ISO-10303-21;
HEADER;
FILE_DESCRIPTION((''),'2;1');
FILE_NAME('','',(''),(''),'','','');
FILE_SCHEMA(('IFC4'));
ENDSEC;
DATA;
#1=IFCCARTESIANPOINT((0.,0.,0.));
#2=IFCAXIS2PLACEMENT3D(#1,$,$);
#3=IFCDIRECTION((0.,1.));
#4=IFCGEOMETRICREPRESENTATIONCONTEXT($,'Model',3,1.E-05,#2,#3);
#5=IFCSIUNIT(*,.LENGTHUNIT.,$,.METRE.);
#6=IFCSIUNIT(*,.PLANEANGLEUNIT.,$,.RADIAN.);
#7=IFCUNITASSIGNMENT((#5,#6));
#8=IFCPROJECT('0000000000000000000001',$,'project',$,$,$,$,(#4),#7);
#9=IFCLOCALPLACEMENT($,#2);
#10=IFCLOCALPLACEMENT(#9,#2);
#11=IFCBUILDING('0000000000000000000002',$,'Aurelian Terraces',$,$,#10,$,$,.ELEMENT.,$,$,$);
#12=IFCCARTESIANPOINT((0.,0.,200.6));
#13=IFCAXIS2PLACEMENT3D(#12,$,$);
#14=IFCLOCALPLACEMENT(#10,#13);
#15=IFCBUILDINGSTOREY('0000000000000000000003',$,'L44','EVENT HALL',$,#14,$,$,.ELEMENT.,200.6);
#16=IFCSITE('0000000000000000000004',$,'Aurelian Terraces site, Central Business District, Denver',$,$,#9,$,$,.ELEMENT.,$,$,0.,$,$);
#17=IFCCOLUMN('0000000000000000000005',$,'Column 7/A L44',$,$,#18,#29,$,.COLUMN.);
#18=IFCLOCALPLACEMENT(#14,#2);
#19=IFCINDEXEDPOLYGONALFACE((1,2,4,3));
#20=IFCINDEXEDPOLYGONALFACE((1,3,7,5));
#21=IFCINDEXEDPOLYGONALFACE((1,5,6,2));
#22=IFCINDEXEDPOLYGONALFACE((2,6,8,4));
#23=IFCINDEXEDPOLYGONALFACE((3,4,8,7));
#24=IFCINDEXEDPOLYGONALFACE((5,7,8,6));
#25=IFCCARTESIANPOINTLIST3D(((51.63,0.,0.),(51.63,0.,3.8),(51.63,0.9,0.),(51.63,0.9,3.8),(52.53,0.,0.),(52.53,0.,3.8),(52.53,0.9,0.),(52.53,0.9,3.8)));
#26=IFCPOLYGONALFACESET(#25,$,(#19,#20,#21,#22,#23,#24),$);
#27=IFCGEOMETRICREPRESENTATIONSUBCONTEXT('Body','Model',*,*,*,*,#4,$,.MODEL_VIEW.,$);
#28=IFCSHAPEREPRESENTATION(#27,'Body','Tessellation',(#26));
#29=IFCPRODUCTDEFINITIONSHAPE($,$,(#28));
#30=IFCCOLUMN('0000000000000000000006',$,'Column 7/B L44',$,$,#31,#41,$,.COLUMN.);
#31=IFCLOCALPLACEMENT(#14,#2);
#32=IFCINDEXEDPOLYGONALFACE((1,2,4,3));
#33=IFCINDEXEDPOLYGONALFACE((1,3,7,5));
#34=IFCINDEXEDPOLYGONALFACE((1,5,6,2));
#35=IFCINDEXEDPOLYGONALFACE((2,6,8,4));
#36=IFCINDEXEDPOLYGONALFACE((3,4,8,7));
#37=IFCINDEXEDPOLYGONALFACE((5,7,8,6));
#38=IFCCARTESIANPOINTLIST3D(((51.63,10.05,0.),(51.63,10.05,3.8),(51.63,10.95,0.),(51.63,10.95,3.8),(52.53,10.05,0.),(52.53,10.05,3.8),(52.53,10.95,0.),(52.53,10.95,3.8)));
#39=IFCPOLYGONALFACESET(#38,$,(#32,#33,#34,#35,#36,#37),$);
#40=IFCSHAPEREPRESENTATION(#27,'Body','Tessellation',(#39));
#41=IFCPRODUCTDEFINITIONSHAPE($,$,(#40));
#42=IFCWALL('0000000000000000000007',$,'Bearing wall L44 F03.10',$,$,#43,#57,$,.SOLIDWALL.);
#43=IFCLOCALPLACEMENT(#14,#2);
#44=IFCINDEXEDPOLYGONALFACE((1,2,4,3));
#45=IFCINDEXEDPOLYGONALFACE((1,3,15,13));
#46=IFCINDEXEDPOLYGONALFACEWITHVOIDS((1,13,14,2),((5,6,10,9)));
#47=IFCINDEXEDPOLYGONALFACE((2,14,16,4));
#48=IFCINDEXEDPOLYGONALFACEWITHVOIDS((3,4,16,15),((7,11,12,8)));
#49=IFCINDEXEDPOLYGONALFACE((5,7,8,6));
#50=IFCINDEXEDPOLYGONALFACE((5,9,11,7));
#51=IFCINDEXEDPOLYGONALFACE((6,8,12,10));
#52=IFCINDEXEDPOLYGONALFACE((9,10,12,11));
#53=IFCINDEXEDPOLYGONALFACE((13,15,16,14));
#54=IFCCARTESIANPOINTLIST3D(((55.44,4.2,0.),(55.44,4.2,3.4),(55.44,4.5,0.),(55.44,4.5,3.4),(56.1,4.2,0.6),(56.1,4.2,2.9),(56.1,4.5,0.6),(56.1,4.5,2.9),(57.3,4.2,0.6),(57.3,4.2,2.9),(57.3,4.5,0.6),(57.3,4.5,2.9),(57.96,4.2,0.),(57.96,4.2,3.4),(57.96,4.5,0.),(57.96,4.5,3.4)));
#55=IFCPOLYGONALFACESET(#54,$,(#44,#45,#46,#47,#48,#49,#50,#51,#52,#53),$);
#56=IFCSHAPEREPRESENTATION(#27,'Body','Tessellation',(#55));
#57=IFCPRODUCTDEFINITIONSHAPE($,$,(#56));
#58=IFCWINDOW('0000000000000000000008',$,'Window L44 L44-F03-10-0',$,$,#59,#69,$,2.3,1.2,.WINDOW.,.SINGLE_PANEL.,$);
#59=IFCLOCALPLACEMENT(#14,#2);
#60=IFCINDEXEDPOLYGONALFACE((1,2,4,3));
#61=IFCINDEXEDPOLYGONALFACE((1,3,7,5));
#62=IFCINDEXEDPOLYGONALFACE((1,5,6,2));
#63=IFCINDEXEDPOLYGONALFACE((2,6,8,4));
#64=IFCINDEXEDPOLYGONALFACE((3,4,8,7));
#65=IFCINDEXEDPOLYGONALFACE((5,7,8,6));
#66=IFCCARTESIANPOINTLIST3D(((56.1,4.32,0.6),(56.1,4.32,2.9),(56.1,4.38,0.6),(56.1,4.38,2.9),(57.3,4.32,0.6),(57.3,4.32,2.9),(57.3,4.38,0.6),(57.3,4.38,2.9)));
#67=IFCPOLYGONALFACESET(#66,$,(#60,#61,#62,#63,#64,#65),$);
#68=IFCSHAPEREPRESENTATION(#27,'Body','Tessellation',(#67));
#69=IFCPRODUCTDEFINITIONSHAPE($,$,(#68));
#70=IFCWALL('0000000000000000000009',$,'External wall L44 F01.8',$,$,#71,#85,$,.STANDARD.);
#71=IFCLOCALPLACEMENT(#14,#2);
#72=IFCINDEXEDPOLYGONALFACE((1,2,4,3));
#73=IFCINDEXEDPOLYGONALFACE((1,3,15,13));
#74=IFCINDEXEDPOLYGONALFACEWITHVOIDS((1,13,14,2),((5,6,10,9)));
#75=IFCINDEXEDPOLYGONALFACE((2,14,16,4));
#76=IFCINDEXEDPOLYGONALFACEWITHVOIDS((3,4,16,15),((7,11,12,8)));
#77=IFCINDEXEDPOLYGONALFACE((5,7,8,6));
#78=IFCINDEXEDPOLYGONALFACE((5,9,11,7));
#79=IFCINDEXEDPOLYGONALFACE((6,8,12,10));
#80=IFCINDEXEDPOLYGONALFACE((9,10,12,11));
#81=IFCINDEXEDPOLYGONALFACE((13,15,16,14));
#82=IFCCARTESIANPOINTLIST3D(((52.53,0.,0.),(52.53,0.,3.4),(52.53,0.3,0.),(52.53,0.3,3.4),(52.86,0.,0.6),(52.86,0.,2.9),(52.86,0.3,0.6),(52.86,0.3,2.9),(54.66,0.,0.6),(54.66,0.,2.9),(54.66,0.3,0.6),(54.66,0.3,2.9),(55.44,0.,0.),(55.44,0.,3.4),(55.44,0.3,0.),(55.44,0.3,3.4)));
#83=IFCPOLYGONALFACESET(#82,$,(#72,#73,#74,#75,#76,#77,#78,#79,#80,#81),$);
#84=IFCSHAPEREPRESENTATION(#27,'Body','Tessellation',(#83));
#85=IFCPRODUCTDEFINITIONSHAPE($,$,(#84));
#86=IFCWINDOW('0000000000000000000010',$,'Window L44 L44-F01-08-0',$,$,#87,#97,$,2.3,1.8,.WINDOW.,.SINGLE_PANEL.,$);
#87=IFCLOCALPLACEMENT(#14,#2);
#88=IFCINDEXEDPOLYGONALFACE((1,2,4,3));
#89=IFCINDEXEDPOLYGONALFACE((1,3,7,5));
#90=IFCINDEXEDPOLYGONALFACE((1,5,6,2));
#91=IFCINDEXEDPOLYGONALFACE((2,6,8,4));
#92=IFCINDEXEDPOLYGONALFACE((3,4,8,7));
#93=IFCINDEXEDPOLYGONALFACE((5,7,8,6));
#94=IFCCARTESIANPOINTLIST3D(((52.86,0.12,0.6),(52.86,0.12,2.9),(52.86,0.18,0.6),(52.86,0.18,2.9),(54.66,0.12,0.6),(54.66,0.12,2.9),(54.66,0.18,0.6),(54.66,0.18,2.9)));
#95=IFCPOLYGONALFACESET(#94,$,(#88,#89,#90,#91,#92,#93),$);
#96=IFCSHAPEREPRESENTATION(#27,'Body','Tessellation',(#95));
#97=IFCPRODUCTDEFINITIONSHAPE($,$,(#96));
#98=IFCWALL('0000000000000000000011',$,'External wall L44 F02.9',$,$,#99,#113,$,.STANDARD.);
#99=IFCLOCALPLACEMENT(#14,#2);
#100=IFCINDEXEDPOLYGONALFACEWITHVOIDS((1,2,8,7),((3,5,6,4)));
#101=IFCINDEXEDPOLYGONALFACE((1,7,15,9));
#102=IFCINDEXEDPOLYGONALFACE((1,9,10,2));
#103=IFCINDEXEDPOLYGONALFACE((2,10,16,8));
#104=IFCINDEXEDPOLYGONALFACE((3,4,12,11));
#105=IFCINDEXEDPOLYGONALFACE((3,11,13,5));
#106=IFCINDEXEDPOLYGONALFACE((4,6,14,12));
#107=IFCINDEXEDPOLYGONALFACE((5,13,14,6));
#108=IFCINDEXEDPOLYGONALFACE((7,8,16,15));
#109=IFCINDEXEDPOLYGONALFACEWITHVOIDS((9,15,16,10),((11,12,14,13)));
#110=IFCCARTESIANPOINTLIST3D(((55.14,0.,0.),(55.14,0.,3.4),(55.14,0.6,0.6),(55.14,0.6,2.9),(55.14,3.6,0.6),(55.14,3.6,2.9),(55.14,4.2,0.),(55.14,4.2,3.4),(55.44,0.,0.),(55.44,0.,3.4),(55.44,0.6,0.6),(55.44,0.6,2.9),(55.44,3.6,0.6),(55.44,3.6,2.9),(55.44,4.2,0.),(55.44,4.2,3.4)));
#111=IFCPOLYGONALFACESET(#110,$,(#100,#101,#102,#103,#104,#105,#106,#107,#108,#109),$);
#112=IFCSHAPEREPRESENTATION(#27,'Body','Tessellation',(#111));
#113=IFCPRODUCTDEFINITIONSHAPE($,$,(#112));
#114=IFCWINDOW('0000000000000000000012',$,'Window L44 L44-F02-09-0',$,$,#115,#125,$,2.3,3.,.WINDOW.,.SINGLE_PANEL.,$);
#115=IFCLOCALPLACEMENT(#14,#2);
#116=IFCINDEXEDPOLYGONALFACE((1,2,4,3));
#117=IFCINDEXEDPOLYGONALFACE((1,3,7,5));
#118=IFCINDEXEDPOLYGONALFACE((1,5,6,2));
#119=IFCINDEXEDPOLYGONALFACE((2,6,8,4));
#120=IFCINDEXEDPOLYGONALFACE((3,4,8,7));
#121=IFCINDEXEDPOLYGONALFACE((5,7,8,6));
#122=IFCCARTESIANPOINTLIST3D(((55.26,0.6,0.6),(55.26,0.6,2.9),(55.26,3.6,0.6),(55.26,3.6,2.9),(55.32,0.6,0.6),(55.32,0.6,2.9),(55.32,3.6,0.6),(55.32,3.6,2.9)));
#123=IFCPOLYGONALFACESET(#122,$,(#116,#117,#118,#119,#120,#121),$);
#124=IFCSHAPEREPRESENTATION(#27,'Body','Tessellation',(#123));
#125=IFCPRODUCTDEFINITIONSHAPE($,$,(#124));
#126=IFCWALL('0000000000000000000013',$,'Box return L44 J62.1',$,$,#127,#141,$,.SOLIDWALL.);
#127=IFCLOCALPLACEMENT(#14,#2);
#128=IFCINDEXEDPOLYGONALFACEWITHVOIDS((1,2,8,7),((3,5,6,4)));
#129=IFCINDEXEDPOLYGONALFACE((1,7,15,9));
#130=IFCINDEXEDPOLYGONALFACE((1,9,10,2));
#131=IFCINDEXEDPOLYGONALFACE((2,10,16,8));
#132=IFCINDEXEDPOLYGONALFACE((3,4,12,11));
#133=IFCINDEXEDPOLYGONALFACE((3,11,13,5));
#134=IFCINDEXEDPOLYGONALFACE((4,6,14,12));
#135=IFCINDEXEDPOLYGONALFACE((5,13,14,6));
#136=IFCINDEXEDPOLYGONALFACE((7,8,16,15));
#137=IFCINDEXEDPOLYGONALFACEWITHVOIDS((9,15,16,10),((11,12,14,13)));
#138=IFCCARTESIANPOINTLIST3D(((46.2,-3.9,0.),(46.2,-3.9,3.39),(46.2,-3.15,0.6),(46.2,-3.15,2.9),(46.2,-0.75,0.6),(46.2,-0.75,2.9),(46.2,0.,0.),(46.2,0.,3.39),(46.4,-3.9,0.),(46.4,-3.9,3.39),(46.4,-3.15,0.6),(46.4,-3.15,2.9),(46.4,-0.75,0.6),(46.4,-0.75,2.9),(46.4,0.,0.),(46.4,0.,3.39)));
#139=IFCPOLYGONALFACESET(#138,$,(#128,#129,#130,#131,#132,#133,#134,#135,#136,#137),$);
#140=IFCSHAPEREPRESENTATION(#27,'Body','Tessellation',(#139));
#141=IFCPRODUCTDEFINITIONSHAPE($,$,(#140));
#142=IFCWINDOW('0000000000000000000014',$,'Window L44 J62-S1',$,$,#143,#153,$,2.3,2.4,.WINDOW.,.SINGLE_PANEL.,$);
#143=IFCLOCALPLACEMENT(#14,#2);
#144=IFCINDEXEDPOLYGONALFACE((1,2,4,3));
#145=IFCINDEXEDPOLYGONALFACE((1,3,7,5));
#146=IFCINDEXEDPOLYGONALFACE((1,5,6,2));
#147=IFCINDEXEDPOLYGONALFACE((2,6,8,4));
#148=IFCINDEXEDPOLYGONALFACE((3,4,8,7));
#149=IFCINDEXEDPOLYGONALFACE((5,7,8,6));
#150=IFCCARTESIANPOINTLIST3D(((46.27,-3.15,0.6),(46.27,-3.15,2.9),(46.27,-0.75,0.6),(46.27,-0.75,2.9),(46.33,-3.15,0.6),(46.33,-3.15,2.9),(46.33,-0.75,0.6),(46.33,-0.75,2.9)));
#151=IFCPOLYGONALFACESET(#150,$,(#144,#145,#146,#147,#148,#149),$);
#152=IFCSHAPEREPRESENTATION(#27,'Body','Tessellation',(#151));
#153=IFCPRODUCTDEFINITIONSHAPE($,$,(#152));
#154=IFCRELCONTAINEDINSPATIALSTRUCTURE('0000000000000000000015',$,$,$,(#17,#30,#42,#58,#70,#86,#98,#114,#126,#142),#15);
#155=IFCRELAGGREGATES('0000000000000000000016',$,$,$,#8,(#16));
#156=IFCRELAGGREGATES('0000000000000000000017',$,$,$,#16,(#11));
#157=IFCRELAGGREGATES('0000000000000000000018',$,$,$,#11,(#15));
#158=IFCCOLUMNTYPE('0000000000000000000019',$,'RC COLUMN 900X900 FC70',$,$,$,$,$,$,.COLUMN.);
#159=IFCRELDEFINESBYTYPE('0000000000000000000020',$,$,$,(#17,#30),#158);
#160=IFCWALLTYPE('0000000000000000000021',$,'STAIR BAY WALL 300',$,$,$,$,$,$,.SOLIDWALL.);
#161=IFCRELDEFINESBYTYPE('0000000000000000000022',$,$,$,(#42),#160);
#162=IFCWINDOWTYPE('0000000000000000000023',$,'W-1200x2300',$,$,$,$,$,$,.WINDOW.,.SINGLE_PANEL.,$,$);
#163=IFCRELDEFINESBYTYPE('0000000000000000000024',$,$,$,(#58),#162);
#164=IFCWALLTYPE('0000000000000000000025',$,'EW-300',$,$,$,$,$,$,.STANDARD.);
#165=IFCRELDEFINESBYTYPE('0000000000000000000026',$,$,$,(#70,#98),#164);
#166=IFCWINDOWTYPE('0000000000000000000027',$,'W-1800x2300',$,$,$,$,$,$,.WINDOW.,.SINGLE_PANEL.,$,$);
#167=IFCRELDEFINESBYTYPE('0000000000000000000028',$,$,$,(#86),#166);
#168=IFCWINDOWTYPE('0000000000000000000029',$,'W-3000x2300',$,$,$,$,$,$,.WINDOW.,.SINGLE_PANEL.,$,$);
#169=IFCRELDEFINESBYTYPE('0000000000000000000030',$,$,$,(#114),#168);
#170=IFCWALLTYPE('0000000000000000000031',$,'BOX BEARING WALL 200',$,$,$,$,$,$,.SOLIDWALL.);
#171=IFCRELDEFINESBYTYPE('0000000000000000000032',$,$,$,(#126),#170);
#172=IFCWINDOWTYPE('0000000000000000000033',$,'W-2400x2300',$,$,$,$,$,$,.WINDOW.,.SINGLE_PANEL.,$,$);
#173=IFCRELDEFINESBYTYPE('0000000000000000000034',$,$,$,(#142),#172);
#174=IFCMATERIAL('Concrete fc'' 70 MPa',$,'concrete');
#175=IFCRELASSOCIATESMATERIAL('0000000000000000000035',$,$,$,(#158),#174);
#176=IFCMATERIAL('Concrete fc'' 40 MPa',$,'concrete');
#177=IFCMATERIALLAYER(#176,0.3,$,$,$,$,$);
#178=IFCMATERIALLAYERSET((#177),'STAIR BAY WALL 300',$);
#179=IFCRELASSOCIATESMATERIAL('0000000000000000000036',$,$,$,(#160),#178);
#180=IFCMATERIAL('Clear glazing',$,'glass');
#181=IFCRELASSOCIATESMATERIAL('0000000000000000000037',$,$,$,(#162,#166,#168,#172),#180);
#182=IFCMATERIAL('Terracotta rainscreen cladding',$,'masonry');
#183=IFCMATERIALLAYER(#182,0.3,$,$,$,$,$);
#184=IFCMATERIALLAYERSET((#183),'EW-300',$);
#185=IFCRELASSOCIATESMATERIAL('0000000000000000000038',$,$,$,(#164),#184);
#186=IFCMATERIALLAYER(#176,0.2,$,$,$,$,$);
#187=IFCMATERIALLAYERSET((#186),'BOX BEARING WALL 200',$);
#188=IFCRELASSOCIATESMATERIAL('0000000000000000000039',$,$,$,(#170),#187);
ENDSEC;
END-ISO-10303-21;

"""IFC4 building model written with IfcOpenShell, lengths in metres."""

from ifc_helpers import new_model, si_unit, direction, frame, frame_2d, origin, origin_2d, place, context, subcontext, project, spatial, rectangle, extrude, source, transform, mapped, material, layer, layer_set, material_profile, profile_set, type_object, element, fill, save


model = new_model("IFC4")

# Units and contexts
model_context = context("Model", 3, precision=1e-05, world=origin(), true_north=direction((0.0, 1.0)))
body_context = subcontext(model_context, "Body", "Model", "MODEL_VIEW")
ifc_project = project(units=[si_unit("LENGTHUNIT", "METRE"), si_unit("PLANEANGLEUNIT", "RADIAN")], contexts=[model_context])

# Site, building, storey
site_placement = place(None, origin())
site = spatial("IfcSite", under=ifc_project, at=site_placement, Name="Aurelian Terraces site, Central Business District, Denver", CompositionType="ELEMENT", RefElevation=0.0)
building_placement = place(site_placement, origin())
building = spatial("IfcBuilding", under=site, at=building_placement, Name="Aurelian Terraces", CompositionType="ELEMENT")
storey_placement = place(building_placement, frame((0.0, 0.0, 200.6)))
storey = spatial("IfcBuildingStorey", under=building, at=storey_placement, Name="L44", Description="EVENT HALL", CompositionType="ELEMENT", Elevation=200.6)

# Columns
ifc_material_1 = material(Name="Concrete fc' 70 MPa", Category="concrete")
ifc_material_profile = material_profile(ifc_material_1, rectangle(XDim=0.9, YDim=0.9, at=origin_2d()))
ifc_profile_set = profile_set([ifc_material_profile], Name="Concrete fc' 70 MPa")
column_type = type_object("IfcColumnType", Name="RC COLUMN 900X900 FC70", PredefinedType="COLUMN", material=ifc_profile_set)
shared_shape_1 = source(origin(), body_context, "Body", "SweptSolid", [
    extrude(rectangle(XDim=0.9, YDim=0.9, at=origin_2d()), origin(), (0.0, 0.0, 1.0), 3.8),
])
for number, where, z_axis, x_axis, name in (
    (1, (52.08, 0.45, 0.0), (0.0, 0.0, 1.0), (1.0, 0.0, 0.0), "Column 7/A L44"),
    (2, (52.08, 10.5, 0.0), (0.0, 0.0, 1.0), (1.0, 0.0, 0.0), "Column 7/B L44"),
):
    element("IfcColumn", number, at=place(storey_placement, frame(where, z_axis=z_axis, x_axis=x_axis)), inside=storey, type_object=column_type, Name=name, PredefinedType="COLUMN", context=body_context, shape_type="MappedRepresentation", body=[
        mapped(shared_shape_1, transform((0.0, 0.0, 0.0), scale=1.0)),
    ])

# Walls, openings, windows
ifc_material_2 = material(Name="Concrete fc' 40 MPa", Category="concrete")
ifc_layer_1 = layer(ifc_material_2, 0.3)
ifc_layer_set_1 = layer_set([ifc_layer_1], Name="STAIR BAY WALL 300")
wall_type_1 = type_object("IfcWallType", Name="STAIR BAY WALL 300", PredefinedType="SOLIDWALL", material=ifc_layer_set_1)
wall_1_placement = place(storey_placement, frame((55.44, 4.35, 0.0), z_axis=(0.0, 0.0, 1.0), x_axis=(1.0, 0.0, 0.0)))
wall_1 = element("IfcWall", 3, at=wall_1_placement, inside=storey, type_object=wall_type_1, Name="Bearing wall L44 F03.10", PredefinedType="SOLIDWALL", context=body_context, shape_type="SweptSolid", body=[
    extrude(rectangle(XDim=2.52, YDim=0.3, at=frame_2d((1.26, 0.0))), origin(), (0.0, 0.0, 1.0), 3.4),
])
shared_shape_2 = source(origin(), body_context, "Body", "SweptSolid", [
    extrude(rectangle(XDim=1.2, YDim=2.3, at=frame_2d((0.6, 1.15))), frame((0.0, 0.16, 0.0), z_axis=(0.0, -1.0, 0.0), x_axis=(1.0, 0.0, 0.0)), (0.0, 0.0, 1.0), 0.32),
])
opening_1_placement = place(wall_1_placement, frame((0.66, 0.0, 0.6)))
opening_1 = element("IfcOpeningElement", 4, at=opening_1_placement, cuts=wall_1, PredefinedType="OPENING", context=body_context, shape_type="MappedRepresentation", body=[
    mapped(shared_shape_2, transform((0.0, 0.0, 0.0), scale=1.0)),
])
ifc_material_3 = material(Name="Clear glazing", Category="glass")
window_type_1 = type_object("IfcWindowType", Name="W-1200x2300", PartitioningType="SINGLE_PANEL", PredefinedType="WINDOW", material=ifc_material_3)
shared_shape_3 = source(origin(), body_context, "Body", "SweptSolid", [
    extrude(rectangle(XDim=1.2, YDim=2.3, at=frame_2d((0.6, 1.15))), frame((0.0, 0.03, 0.0), z_axis=(0.0, -1.0, 0.0), x_axis=(1.0, 0.0, 0.0)), (0.0, 0.0, 1.0), 0.06),
])
window_1_placement = place(opening_1_placement, origin())
window_1 = element("IfcWindow", 5, at=window_1_placement, inside=storey, type_object=window_type_1, Name="Window L44 L44-F03-10-0", OverallHeight=2.3, OverallWidth=1.2, PartitioningType="SINGLE_PANEL", PredefinedType="WINDOW", context=body_context, shape_type="MappedRepresentation", body=[
    mapped(shared_shape_3, transform((0.0, 0.0, 0.0), scale=1.0)),
])
fill(opening_1, window_1)
ifc_material_4 = material(Name="Terracotta rainscreen cladding", Category="masonry")
ifc_layer_2 = layer(ifc_material_4, 0.3)
ifc_layer_set_2 = layer_set([ifc_layer_2], Name="EW-300")
wall_type_2 = type_object("IfcWallType", Name="EW-300", PredefinedType="STANDARD", material=ifc_layer_set_2)
shared_shape_4 = source(origin(), body_context, "Body", "SweptSolid", [
    extrude(rectangle(XDim=2.91, YDim=0.3, at=frame_2d((1.455, 0.0))), origin(), (0.0, 0.0, 1.0), 3.4),
])
wall_2_placement = place(storey_placement, frame((52.53, 0.15, 0.0), z_axis=(0.0, 0.0, 1.0), x_axis=(1.0, 0.0, 0.0)))
wall_2 = element("IfcWall", 6, at=wall_2_placement, inside=storey, type_object=wall_type_2, Name="External wall L44 F01.8", PredefinedType="STANDARD", context=body_context, shape_type="MappedRepresentation", body=[
    mapped(shared_shape_4, transform((0.0, 0.0, 0.0), scale=1.0)),
])
shared_shape_5 = source(origin(), body_context, "Body", "SweptSolid", [
    extrude(rectangle(XDim=1.8, YDim=2.3, at=frame_2d((0.9, 1.15))), frame((0.0, 0.16, 0.0), z_axis=(0.0, -1.0, 0.0), x_axis=(1.0, 0.0, 0.0)), (0.0, 0.0, 1.0), 0.32),
])
opening_2_placement = place(wall_2_placement, frame((0.33, 0.0, 0.6)))
opening_2 = element("IfcOpeningElement", 7, at=opening_2_placement, cuts=wall_2, PredefinedType="OPENING", context=body_context, shape_type="MappedRepresentation", body=[
    mapped(shared_shape_5, transform((0.0, 0.0, 0.0), scale=1.0)),
])
window_type_2 = type_object("IfcWindowType", Name="W-1800x2300", PartitioningType="SINGLE_PANEL", PredefinedType="WINDOW", material=ifc_material_3)
shared_shape_6 = source(origin(), body_context, "Body", "SweptSolid", [
    extrude(rectangle(XDim=1.8, YDim=2.3, at=frame_2d((0.9, 1.15))), frame((0.0, 0.03, 0.0), z_axis=(0.0, -1.0, 0.0), x_axis=(1.0, 0.0, 0.0)), (0.0, 0.0, 1.0), 0.06),
])
window_2_placement = place(opening_2_placement, origin())
window_2 = element("IfcWindow", 8, at=window_2_placement, inside=storey, type_object=window_type_2, Name="Window L44 L44-F01-08-0", OverallHeight=2.3, OverallWidth=1.8, PartitioningType="SINGLE_PANEL", PredefinedType="WINDOW", context=body_context, shape_type="MappedRepresentation", body=[
    mapped(shared_shape_6, transform((0.0, 0.0, 0.0), scale=1.0)),
])
fill(opening_2, window_2)
shared_shape_7 = source(origin(), body_context, "Body", "SweptSolid", [
    extrude(rectangle(XDim=4.2, YDim=0.3, at=frame_2d((2.1, 0.0))), origin(), (0.0, 0.0, 1.0), 3.4),
])
wall_3_placement = place(storey_placement, frame((55.29, 0.0, 0.0), z_axis=(0.0, 0.0, 1.0), x_axis=(0.0, 1.0, 0.0)))
wall_3 = element("IfcWall", 9, at=wall_3_placement, inside=storey, type_object=wall_type_2, Name="External wall L44 F02.9", PredefinedType="STANDARD", context=body_context, shape_type="MappedRepresentation", body=[
    mapped(shared_shape_7, transform((0.0, 0.0, 0.0), scale=1.0)),
])
shared_shape_8 = source(origin(), body_context, "Body", "SweptSolid", [
    extrude(rectangle(XDim=3.0, YDim=2.3, at=frame_2d((1.5, 1.15))), frame((0.0, 0.16, 0.0), z_axis=(0.0, -1.0, 0.0), x_axis=(1.0, 0.0, 0.0)), (0.0, 0.0, 1.0), 0.32),
])
opening_3_placement = place(wall_3_placement, frame((0.6, 0.0, 0.6)))
opening_3 = element("IfcOpeningElement", 10, at=opening_3_placement, cuts=wall_3, PredefinedType="OPENING", context=body_context, shape_type="MappedRepresentation", body=[
    mapped(shared_shape_8, transform((0.0, 0.0, 0.0), scale=1.0)),
])
window_type_3 = type_object("IfcWindowType", Name="W-3000x2300", PartitioningType="SINGLE_PANEL", PredefinedType="WINDOW", material=ifc_material_3)
shared_shape_9 = source(origin(), body_context, "Body", "SweptSolid", [
    extrude(rectangle(XDim=3.0, YDim=2.3, at=frame_2d((1.5, 1.15))), frame((0.0, 0.03, 0.0), z_axis=(0.0, -1.0, 0.0), x_axis=(1.0, 0.0, 0.0)), (0.0, 0.0, 1.0), 0.06),
])
window_3_placement = place(opening_3_placement, origin())
window_3 = element("IfcWindow", 11, at=window_3_placement, inside=storey, type_object=window_type_3, Name="Window L44 L44-F02-09-0", OverallHeight=2.3, OverallWidth=3.0, PartitioningType="SINGLE_PANEL", PredefinedType="WINDOW", context=body_context, shape_type="MappedRepresentation", body=[
    mapped(shared_shape_9, transform((0.0, 0.0, 0.0), scale=1.0)),
])
fill(opening_3, window_3)
ifc_layer_3 = layer(ifc_material_2, 0.2)
ifc_layer_set_3 = layer_set([ifc_layer_3], Name="BOX BEARING WALL 200")
wall_type_3 = type_object("IfcWallType", Name="BOX BEARING WALL 200", PredefinedType="SOLIDWALL", material=ifc_layer_set_3)
shared_shape_10 = source(origin(), body_context, "Body", "SweptSolid", [
    extrude(rectangle(XDim=3.9, YDim=0.2, at=frame_2d((1.95, 0.0))), origin(), (0.0, 0.0, 1.0), 3.39),
])
wall_4_placement = place(storey_placement, frame((46.3, 0.0, 0.0), z_axis=(0.0, 0.0, 1.0), x_axis=(0.0, -1.0, 0.0)))
wall_4 = element("IfcWall", 12, at=wall_4_placement, inside=storey, type_object=wall_type_3, Name="Box return L44 J62.1", PredefinedType="SOLIDWALL", context=body_context, shape_type="MappedRepresentation", body=[
    mapped(shared_shape_10, transform((0.0, 0.0, 0.0), scale=1.0)),
])
shared_shape_11 = source(origin(), body_context, "Body", "SweptSolid", [
    extrude(rectangle(XDim=2.4, YDim=2.3, at=frame_2d((1.2, 1.15))), frame((0.0, 0.11, 0.0), z_axis=(0.0, -1.0, 0.0), x_axis=(1.0, 0.0, 0.0)), (0.0, 0.0, 1.0), 0.22),
])
opening_4_placement = place(wall_4_placement, frame((0.75, 0.0, 0.6)))
opening_4 = element("IfcOpeningElement", 13, at=opening_4_placement, cuts=wall_4, PredefinedType="OPENING", context=body_context, shape_type="MappedRepresentation", body=[
    mapped(shared_shape_11, transform((0.0, 0.0, 0.0), scale=1.0)),
])
window_type_4 = type_object("IfcWindowType", Name="W-2400x2300", PartitioningType="SINGLE_PANEL", PredefinedType="WINDOW", material=ifc_material_3)
shared_shape_12 = source(origin(), body_context, "Body", "SweptSolid", [
    extrude(rectangle(XDim=2.4, YDim=2.3, at=frame_2d((1.2, 1.15))), frame((0.0, 0.03, 0.0), z_axis=(0.0, -1.0, 0.0), x_axis=(1.0, 0.0, 0.0)), (0.0, 0.0, 1.0), 0.06),
])
window_4_placement = place(opening_4_placement, origin())
window_4 = element("IfcWindow", 14, at=window_4_placement, inside=storey, type_object=window_type_4, Name="Window L44 J62-S1", OverallHeight=2.3, OverallWidth=2.4, PartitioningType="SINGLE_PANEL", PredefinedType="WINDOW", context=body_context, shape_type="MappedRepresentation", body=[
    mapped(shared_shape_12, transform((0.0, 0.0, 0.0), scale=1.0)),
])
fill(opening_4, window_4)

save(model, "model.ifc")
